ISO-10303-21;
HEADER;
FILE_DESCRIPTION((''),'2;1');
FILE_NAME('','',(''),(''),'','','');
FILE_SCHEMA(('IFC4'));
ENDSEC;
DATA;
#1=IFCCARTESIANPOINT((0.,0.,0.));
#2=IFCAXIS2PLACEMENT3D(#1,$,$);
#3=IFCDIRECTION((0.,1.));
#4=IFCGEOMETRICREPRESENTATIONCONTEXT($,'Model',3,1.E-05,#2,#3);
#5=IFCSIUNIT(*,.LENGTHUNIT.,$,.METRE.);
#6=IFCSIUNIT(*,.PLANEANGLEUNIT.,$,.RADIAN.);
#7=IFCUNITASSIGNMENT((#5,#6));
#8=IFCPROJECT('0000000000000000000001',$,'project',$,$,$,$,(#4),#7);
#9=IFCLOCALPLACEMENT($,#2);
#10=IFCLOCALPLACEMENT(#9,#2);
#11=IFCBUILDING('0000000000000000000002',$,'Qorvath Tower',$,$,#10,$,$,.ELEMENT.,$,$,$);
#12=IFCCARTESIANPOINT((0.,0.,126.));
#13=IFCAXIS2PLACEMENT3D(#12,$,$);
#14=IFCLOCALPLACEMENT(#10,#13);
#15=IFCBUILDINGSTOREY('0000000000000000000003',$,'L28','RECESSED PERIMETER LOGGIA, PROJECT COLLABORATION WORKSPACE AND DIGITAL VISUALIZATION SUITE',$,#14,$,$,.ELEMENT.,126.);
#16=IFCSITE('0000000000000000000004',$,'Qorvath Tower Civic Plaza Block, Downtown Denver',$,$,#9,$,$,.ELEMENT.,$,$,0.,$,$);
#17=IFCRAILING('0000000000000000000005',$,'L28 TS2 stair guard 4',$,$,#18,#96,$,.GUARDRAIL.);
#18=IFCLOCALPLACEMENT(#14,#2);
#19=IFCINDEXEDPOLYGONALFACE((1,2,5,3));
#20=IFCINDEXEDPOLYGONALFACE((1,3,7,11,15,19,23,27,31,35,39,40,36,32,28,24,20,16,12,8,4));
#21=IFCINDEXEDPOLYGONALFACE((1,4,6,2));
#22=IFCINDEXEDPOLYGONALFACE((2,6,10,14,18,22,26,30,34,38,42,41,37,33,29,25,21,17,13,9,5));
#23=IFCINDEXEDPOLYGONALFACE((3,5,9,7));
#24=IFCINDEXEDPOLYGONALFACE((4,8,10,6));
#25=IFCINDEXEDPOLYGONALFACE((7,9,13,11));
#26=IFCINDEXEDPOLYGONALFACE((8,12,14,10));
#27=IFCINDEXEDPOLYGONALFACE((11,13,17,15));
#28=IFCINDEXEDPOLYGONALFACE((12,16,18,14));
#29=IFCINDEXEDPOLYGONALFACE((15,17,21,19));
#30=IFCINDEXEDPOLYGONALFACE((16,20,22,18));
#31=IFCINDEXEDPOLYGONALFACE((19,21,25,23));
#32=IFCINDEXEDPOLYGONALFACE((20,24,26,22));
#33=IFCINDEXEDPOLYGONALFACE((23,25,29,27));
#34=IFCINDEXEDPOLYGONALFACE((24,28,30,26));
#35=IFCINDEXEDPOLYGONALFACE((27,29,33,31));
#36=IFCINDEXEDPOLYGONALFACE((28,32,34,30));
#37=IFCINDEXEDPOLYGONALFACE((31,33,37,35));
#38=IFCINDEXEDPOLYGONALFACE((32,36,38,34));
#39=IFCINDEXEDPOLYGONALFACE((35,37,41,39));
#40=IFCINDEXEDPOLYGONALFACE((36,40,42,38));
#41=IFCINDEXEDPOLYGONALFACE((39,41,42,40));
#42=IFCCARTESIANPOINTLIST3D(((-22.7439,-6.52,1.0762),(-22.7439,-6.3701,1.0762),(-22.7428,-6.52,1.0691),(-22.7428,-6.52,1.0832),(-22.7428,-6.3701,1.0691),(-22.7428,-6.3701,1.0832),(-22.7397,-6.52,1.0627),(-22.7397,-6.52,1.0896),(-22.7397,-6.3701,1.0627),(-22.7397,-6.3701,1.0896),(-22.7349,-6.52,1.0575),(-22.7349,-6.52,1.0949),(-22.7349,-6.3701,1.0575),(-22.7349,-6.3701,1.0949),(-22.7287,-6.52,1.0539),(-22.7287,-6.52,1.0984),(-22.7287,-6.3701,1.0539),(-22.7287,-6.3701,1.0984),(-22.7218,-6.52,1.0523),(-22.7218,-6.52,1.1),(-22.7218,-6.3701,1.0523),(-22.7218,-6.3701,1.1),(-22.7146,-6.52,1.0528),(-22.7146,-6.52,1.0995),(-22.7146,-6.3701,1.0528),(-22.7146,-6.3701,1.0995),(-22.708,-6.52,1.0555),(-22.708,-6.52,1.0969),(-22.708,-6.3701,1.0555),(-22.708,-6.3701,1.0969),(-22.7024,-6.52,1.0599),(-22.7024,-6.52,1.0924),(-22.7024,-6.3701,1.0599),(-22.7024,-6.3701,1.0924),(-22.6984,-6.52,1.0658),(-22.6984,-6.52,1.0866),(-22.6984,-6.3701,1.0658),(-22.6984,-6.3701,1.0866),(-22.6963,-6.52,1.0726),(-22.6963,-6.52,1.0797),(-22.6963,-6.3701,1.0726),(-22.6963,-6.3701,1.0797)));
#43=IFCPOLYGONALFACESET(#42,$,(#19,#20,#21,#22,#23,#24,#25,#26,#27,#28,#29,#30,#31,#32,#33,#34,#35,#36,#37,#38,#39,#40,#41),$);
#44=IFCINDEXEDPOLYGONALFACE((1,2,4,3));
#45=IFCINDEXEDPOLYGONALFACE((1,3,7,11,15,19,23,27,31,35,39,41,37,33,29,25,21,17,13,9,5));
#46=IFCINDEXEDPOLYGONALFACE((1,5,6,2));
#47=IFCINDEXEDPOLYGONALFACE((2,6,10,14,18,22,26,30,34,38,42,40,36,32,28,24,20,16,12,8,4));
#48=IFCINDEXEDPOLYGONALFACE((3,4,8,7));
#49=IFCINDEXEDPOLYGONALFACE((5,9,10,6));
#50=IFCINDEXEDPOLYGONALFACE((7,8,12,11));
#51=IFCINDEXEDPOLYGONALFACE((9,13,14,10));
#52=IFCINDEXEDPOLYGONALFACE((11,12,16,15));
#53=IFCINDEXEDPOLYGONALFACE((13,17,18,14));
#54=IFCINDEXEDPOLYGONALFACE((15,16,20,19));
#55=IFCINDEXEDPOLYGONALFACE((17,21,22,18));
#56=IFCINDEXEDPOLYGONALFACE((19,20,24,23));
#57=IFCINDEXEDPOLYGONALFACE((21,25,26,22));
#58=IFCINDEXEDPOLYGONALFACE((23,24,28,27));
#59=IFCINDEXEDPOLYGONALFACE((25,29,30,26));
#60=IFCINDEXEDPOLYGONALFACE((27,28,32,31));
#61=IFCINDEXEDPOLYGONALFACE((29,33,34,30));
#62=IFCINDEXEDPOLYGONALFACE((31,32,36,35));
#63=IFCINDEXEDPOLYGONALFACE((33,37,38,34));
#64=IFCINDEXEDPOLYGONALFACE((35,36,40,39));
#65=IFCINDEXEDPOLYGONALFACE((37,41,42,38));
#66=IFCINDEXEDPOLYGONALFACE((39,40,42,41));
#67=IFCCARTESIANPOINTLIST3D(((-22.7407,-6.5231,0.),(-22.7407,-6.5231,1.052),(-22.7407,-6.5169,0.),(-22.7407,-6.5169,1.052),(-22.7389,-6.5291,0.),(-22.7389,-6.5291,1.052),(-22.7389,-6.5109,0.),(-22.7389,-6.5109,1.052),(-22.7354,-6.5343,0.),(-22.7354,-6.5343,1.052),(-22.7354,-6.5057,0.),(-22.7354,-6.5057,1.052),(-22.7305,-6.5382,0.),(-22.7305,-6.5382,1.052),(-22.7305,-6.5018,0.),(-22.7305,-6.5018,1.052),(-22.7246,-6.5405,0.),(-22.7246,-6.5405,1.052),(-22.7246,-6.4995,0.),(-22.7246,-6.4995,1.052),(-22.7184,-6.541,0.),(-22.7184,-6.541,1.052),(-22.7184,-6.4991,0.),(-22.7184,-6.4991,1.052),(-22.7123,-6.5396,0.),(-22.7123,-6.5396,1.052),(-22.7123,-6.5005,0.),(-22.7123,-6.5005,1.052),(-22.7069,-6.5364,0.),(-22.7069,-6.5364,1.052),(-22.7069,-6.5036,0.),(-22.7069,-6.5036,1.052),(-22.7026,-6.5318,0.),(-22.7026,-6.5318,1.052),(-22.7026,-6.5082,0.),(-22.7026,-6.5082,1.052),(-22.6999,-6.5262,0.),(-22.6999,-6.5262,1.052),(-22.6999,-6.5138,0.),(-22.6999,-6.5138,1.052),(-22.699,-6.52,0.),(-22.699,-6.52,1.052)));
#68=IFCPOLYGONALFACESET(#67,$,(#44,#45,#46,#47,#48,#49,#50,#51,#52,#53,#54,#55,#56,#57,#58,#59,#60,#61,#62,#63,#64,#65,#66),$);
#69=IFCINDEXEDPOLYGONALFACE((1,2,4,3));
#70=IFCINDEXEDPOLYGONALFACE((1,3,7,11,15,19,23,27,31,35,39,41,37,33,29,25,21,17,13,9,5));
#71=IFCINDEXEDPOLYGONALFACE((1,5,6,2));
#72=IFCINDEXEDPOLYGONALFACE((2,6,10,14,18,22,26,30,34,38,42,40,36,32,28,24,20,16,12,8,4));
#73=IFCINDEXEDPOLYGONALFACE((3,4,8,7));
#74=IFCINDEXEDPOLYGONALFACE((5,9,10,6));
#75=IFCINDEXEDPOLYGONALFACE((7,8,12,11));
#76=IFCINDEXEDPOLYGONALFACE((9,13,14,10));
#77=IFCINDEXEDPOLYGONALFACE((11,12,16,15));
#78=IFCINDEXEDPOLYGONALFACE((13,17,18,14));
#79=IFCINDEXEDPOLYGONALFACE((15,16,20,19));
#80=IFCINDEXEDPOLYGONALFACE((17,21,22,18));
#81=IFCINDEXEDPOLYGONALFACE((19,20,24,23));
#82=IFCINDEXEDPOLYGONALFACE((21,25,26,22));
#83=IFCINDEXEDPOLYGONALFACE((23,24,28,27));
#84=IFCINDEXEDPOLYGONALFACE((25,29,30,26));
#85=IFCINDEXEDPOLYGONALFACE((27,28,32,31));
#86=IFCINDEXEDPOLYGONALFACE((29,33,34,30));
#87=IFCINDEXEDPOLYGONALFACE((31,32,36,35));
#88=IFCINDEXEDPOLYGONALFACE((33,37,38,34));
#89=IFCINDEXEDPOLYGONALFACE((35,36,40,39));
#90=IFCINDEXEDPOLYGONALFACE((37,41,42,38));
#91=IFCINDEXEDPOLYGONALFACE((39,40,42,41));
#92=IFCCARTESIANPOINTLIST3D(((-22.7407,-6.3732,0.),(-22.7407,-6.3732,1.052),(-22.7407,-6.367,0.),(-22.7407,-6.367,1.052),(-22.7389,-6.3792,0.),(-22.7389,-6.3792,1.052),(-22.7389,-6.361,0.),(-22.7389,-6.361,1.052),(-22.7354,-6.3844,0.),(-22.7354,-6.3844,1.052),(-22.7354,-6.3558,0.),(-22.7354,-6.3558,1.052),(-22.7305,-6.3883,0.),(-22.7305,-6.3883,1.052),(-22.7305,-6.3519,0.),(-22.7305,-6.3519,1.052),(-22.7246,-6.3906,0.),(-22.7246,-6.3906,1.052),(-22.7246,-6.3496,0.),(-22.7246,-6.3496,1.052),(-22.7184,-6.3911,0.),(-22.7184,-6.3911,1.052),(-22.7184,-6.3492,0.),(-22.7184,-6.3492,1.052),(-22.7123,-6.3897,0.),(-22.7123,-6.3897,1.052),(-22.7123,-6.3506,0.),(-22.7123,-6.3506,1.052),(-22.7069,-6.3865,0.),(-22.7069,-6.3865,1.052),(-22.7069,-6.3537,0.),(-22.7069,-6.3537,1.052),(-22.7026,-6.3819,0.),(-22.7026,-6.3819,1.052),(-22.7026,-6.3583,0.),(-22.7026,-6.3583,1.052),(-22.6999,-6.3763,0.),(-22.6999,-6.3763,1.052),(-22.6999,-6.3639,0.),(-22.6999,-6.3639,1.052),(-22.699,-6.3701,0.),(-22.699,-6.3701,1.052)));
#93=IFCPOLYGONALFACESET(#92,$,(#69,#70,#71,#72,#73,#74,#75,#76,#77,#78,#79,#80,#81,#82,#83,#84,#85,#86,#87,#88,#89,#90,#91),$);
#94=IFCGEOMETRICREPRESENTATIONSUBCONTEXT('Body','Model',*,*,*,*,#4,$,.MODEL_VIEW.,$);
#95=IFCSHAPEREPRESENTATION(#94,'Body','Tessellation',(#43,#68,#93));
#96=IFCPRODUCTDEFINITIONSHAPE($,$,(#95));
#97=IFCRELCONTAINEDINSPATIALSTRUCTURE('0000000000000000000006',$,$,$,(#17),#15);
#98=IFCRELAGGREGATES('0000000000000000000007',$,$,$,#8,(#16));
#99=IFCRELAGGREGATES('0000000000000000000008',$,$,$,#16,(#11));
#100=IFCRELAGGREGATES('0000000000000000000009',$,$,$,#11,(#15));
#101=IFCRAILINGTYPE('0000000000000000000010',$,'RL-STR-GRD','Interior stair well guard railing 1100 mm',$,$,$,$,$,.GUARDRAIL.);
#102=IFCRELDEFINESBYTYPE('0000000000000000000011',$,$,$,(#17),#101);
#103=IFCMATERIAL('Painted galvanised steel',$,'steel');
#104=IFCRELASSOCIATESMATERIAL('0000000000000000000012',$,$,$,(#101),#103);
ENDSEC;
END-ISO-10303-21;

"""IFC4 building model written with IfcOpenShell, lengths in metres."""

from ifc_helpers import new_model, si_unit, direction, frame, origin, origin_2d, place, context, subcontext, project, spatial, circle, extrude, material, type_object, element, save


model = new_model("IFC4")

# Units and contexts
model_context = context("Model", 3, precision=1e-05, world=origin(), true_north=direction((0.0, 1.0)))
body_context = subcontext(model_context, "Body", "Model", "MODEL_VIEW")
ifc_project = project(units=[si_unit("LENGTHUNIT", "METRE"), si_unit("PLANEANGLEUNIT", "RADIAN")], contexts=[model_context])

# Site, building, storey
site_placement = place(None, origin())
site = spatial("IfcSite", under=ifc_project, at=site_placement, Name="Qorvath Tower Civic Plaza Block, Downtown Denver", CompositionType="ELEMENT", RefElevation=0.0)
building_placement = place(site_placement, origin())
building = spatial("IfcBuilding", under=site, at=building_placement, Name="Qorvath Tower", CompositionType="ELEMENT")
storey_placement = place(building_placement, frame((0.0, 0.0, 126.0)))
storey = spatial("IfcBuildingStorey", under=building, at=storey_placement, Name="L28", Description="RECESSED PERIMETER LOGGIA, PROJECT COLLABORATION WORKSPACE AND DIGITAL VISUALIZATION SUITE", CompositionType="ELEMENT", Elevation=126.0)

# Railing
ifc_material_1 = material(Name="Painted galvanised steel", Category="steel")
railing_type_1 = type_object("IfcRailingType", Name="RL-STR-GRD", Description="Interior stair well guard railing 1100 mm", PredefinedType="GUARDRAIL", material=ifc_material_1)
railing_1_placement = place(storey_placement, frame((-22.72, -6.52, 0.0)))
element("IfcRailing", 1, at=railing_1_placement, inside=storey, type_object=railing_type_1, Name="L28 TS2 stair guard 4", PredefinedType="GUARDRAIL", context=body_context, shape_type="SweptSolid", body=[
    extrude(circle(Radius=0.0239, at=origin_2d()), frame((0.0, 0.0, 1.0762), z_axis=(0.0, 1.0, 0.0), x_axis=(-1.0, 0.0, 0.0)), (0.0, 0.0, 1.0), 0.1499),
    extrude(circle(Radius=0.021, at=origin_2d()), origin(), (0.0, 0.0, 1.0), 1.052),
    extrude(circle(Radius=0.021, at=origin_2d()), frame((0.0, 0.1499, 0.0)), (0.0, 0.0, 1.0), 1.052),
])

save(model, "model.ifc")
